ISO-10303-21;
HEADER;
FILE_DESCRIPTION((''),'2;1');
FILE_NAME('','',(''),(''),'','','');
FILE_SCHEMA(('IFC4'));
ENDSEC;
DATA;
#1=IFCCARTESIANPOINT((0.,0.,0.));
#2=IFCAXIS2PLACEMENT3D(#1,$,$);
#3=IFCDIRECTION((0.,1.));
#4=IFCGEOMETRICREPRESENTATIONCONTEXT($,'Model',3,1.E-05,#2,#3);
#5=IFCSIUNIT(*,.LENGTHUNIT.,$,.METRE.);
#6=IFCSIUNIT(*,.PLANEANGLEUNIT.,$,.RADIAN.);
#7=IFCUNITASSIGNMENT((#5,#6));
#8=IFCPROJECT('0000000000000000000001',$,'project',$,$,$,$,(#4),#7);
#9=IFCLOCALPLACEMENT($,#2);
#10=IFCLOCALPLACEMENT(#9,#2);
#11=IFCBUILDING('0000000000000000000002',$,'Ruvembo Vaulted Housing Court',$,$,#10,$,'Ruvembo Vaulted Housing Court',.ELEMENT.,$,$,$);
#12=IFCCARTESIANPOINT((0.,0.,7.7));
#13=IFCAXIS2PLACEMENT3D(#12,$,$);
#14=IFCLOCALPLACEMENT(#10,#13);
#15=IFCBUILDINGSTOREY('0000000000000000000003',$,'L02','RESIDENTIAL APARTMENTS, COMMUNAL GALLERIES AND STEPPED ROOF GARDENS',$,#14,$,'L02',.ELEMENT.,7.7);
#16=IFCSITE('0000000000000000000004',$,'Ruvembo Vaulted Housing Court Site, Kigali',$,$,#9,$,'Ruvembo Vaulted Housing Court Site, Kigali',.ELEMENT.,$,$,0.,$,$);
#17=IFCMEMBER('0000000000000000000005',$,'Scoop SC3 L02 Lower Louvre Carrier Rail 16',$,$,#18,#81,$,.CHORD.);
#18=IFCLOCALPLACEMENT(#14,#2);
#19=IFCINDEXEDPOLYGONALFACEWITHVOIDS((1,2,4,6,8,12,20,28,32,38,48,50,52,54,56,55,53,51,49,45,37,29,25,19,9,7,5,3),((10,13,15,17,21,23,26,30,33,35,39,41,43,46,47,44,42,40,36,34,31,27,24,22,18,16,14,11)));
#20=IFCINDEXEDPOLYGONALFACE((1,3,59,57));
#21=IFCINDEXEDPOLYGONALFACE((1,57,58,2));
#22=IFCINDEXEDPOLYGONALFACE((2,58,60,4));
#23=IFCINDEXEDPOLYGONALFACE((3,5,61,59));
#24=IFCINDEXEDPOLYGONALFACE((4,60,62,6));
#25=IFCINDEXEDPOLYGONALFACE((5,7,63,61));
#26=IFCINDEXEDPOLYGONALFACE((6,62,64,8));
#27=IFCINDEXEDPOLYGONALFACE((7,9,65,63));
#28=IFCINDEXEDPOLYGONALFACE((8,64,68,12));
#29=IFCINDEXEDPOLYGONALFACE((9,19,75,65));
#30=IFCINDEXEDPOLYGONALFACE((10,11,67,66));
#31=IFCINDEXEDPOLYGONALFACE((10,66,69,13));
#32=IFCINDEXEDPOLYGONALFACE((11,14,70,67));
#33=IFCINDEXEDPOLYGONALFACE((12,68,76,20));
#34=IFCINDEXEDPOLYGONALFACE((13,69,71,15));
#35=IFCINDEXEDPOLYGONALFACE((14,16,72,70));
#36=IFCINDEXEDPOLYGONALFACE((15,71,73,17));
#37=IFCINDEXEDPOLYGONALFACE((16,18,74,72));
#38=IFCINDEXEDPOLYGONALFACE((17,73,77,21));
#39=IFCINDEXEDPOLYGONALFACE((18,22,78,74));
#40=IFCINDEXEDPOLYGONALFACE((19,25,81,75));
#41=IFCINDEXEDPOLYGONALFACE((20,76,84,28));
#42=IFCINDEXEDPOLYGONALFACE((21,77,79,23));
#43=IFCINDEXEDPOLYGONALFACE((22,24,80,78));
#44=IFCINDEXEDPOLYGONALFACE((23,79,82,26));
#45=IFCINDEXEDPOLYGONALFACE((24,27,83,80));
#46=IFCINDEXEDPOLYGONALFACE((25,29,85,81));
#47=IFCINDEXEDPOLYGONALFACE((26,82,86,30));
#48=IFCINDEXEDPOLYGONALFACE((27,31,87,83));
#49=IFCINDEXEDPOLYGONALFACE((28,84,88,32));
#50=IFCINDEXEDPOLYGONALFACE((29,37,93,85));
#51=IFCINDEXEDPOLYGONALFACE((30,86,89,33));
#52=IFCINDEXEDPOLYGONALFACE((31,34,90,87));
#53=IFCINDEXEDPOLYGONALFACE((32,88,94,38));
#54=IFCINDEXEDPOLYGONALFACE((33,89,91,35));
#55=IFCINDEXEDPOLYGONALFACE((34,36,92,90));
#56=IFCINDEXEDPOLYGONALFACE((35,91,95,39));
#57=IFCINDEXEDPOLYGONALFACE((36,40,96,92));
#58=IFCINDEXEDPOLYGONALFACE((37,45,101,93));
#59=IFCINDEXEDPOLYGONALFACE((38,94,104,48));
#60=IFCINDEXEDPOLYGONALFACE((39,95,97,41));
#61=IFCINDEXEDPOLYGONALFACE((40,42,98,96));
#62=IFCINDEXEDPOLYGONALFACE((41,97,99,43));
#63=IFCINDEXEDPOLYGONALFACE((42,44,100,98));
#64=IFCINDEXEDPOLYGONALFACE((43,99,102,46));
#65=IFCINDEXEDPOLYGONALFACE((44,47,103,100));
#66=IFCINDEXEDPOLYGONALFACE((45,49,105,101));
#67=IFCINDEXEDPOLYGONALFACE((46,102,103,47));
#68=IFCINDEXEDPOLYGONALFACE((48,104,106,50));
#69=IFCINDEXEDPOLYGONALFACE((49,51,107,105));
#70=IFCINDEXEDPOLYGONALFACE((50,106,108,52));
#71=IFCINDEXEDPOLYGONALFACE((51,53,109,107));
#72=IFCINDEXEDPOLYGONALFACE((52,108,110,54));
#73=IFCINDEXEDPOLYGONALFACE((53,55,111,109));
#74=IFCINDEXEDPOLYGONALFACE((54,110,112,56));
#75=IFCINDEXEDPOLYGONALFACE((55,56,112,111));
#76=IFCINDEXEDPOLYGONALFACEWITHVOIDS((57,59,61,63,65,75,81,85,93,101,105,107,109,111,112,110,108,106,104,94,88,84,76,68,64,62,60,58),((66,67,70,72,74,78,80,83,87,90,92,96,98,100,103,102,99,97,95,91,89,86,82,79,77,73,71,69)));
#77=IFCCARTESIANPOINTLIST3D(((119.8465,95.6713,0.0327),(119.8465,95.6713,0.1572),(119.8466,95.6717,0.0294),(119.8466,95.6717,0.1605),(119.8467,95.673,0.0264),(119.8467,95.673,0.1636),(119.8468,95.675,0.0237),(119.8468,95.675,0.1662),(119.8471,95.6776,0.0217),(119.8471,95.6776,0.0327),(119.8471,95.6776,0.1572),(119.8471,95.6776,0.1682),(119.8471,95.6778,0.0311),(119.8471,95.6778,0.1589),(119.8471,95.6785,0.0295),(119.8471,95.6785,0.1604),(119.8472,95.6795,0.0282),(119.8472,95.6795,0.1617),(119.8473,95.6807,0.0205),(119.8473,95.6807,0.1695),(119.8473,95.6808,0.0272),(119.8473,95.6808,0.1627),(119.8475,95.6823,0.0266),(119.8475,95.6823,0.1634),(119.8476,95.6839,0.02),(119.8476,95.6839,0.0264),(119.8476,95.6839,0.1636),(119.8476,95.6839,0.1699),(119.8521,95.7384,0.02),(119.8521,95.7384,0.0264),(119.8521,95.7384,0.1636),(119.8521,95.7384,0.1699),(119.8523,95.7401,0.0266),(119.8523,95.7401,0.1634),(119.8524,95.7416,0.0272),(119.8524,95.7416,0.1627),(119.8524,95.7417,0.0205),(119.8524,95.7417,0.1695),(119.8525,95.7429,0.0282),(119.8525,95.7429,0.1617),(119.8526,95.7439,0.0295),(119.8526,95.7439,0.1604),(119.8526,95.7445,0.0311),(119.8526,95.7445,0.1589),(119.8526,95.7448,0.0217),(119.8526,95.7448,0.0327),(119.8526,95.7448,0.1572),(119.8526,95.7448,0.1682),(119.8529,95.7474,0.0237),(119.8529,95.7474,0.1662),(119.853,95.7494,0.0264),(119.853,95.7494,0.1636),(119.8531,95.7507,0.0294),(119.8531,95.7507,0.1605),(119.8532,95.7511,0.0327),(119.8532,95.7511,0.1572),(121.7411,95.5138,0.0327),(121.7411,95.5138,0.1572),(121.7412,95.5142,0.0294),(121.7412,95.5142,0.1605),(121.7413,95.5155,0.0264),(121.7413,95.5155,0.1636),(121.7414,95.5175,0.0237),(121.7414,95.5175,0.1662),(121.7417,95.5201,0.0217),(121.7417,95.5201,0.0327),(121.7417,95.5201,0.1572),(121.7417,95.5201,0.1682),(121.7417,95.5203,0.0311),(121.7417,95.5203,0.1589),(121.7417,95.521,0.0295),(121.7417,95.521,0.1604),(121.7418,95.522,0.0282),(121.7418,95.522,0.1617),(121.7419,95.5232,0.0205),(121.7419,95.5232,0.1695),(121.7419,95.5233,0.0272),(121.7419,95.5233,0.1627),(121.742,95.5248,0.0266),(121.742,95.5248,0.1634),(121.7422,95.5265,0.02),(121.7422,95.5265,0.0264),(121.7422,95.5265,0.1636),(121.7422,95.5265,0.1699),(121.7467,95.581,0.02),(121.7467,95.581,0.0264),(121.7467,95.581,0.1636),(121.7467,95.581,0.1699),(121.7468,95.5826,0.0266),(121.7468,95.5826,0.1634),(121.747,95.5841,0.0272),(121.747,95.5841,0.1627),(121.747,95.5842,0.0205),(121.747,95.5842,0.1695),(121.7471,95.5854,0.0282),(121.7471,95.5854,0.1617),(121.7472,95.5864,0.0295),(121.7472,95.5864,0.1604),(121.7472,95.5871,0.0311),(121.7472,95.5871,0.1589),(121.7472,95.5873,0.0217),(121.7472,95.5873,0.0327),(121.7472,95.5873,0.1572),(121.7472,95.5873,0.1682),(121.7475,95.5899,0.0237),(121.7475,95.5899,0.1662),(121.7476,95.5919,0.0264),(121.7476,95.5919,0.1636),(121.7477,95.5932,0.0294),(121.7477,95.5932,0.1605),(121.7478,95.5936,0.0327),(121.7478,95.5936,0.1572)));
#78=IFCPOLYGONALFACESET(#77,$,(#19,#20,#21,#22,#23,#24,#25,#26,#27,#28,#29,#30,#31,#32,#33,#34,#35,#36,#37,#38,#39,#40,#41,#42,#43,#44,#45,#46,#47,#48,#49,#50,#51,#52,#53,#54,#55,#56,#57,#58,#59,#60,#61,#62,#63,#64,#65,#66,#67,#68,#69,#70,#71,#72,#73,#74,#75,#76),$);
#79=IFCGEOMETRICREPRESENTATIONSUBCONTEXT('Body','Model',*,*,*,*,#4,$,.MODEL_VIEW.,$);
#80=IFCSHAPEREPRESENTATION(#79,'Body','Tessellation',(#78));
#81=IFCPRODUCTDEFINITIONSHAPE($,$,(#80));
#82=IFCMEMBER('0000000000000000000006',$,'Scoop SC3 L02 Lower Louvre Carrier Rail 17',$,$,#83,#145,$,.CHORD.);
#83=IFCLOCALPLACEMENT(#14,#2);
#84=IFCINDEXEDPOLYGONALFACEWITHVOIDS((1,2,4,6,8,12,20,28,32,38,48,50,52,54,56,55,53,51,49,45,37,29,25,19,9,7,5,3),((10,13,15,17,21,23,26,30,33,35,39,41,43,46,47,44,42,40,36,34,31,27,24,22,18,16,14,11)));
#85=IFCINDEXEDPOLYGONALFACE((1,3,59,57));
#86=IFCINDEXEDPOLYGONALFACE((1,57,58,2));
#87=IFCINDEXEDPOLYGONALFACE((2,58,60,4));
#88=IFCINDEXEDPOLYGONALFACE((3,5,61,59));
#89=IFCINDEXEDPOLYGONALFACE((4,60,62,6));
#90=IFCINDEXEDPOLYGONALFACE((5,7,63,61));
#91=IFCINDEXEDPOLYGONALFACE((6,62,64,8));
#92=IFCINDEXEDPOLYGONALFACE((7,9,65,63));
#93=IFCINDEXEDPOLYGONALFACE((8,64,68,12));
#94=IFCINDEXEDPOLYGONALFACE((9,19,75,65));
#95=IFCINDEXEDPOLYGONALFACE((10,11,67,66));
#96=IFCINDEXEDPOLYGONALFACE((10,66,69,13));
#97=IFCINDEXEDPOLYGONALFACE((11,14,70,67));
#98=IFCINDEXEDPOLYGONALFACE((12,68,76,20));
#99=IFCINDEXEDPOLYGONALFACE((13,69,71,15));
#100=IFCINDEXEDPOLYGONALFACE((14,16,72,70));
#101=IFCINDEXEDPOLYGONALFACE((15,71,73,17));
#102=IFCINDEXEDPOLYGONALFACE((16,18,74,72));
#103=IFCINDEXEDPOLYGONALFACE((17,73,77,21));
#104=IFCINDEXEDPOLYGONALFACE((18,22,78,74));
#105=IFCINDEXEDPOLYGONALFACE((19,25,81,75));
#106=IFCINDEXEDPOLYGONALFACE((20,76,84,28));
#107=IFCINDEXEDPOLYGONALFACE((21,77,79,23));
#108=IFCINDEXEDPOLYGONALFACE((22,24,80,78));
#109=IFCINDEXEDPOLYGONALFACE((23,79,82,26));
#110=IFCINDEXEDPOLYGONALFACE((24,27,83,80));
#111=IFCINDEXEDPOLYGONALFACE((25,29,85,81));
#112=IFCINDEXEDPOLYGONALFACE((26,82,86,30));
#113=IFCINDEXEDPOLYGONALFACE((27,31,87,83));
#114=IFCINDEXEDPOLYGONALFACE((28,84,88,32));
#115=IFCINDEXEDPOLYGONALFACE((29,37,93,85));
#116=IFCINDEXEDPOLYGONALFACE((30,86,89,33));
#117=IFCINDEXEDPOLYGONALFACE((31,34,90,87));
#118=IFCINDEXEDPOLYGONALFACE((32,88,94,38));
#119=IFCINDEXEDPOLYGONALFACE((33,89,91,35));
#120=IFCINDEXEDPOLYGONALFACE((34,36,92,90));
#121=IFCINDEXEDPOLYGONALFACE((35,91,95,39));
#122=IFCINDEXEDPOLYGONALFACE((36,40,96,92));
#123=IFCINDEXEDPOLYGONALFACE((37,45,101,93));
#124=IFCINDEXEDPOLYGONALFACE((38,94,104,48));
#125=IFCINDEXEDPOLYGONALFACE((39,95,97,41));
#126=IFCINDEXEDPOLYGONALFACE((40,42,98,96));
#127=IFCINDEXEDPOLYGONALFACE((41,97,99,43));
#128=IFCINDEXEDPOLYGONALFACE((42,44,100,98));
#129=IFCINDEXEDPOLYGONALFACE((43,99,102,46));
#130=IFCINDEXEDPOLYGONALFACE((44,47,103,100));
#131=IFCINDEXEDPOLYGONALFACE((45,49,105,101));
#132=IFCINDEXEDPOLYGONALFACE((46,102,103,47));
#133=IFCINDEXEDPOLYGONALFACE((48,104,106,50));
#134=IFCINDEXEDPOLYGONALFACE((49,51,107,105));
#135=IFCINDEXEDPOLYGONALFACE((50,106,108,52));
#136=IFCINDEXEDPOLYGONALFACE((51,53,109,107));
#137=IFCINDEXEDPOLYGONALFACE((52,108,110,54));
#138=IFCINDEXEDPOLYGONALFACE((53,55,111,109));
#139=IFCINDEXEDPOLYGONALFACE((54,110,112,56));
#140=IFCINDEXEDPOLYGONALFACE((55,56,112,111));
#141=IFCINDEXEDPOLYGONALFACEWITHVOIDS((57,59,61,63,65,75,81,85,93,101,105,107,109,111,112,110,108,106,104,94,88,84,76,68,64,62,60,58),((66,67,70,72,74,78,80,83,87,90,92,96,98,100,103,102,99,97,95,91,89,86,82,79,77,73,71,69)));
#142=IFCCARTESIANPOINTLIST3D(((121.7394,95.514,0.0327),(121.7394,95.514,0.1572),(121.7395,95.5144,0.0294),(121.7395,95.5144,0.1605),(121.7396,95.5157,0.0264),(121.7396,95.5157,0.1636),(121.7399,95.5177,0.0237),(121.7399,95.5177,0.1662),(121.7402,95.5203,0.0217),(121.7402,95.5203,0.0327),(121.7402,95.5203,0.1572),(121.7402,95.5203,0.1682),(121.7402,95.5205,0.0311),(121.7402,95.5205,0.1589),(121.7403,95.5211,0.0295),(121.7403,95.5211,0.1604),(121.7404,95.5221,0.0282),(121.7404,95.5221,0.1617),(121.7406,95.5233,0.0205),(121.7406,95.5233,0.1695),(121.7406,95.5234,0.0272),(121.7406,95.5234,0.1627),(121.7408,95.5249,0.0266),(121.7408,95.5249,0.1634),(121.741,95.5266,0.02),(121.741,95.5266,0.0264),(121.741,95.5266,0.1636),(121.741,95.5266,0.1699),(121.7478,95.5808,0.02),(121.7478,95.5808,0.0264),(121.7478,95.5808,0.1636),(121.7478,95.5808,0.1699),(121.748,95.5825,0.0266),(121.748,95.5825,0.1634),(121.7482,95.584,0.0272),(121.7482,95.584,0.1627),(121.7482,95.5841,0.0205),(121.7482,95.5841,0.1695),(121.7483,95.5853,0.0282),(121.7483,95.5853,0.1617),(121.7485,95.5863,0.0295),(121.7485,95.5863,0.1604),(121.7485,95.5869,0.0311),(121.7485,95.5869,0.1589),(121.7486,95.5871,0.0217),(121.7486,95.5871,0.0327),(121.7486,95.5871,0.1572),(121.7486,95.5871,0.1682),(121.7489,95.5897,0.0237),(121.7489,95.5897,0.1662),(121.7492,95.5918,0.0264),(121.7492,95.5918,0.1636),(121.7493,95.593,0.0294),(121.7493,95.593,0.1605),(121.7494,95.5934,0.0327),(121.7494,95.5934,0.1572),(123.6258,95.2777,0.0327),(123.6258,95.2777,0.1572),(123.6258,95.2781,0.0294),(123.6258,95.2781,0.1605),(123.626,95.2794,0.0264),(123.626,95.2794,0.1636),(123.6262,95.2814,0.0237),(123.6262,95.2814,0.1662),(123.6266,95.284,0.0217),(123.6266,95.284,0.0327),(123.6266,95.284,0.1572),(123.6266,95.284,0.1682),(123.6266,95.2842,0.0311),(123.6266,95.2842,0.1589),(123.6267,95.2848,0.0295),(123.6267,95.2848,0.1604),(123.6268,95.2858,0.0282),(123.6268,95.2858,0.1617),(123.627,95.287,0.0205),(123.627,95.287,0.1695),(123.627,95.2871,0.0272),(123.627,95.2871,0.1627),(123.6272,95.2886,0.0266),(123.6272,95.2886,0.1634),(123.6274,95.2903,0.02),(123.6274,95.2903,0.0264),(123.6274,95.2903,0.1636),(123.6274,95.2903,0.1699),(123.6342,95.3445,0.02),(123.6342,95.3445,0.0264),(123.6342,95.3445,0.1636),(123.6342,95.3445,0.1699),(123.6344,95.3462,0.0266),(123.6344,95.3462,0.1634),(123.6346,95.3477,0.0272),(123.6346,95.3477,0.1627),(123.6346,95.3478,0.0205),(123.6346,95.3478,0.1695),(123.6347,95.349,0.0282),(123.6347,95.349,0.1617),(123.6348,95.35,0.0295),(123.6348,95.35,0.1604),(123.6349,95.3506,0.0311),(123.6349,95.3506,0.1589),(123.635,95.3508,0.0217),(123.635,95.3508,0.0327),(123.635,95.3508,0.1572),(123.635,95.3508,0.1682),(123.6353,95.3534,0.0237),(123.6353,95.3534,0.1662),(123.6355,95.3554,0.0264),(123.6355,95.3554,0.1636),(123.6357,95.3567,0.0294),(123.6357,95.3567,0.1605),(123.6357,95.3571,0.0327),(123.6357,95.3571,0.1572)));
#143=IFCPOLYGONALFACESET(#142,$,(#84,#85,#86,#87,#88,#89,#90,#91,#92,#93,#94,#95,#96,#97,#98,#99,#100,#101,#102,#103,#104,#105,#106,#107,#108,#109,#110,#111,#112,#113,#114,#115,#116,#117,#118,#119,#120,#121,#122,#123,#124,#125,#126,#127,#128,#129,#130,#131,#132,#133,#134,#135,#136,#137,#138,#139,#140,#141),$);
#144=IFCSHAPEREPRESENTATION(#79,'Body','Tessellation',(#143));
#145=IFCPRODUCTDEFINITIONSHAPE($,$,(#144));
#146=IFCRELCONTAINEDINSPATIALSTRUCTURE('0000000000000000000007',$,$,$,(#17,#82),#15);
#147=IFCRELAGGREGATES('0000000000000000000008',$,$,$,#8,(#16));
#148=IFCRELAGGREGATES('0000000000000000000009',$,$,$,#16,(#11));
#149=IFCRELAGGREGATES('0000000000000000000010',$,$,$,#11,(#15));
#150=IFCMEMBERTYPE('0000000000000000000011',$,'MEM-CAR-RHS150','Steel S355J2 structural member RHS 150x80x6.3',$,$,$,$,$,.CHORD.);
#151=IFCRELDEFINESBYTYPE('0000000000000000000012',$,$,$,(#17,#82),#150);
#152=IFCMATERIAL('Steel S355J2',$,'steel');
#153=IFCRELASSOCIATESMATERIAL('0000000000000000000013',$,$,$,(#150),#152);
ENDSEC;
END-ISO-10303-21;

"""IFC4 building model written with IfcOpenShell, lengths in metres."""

from ifc_helpers import new_model, si_unit, direction, frame, origin, origin_2d, place, context, subcontext, project, spatial, hollow_rectangle, extrude, material, material_profile, profile_set, type_object, element, save


model = new_model("IFC4")

# Units and contexts
model_context = context("Model", 3, precision=1e-05, world=origin(), true_north=direction((0.0, 1.0)))
body_context = subcontext(model_context, "Body", "Model", "MODEL_VIEW")
ifc_project = project(units=[si_unit("LENGTHUNIT", "METRE"), si_unit("PLANEANGLEUNIT", "RADIAN")], contexts=[model_context])

# Site, building, storey
site_placement = place(None, origin())
site = spatial("IfcSite", under=ifc_project, at=site_placement, Name="Ruvembo Vaulted Housing Court Site, Kigali", LongName="Ruvembo Vaulted Housing Court Site, Kigali", CompositionType="ELEMENT", RefElevation=0.0)
building_placement = place(site_placement, origin())
building = spatial("IfcBuilding", under=site, at=building_placement, Name="Ruvembo Vaulted Housing Court", LongName="Ruvembo Vaulted Housing Court", CompositionType="ELEMENT")
storey_placement = place(building_placement, frame((0.0, 0.0, 7.7)))
storey = spatial("IfcBuildingStorey", under=building, at=storey_placement, Name="L02", Description="RESIDENTIAL APARTMENTS, COMMUNAL GALLERIES AND STEPPED ROOF GARDENS", LongName="L02", CompositionType="ELEMENT", Elevation=7.7)

# Shared definitions
ifc_material_1 = material(Name="Steel S355J2", Category="steel")

# Members
ifc_material_profile_1 = material_profile(ifc_material_1, hollow_rectangle(XDim=0.0801, YDim=0.1499, WallThickness=0.0063, InnerFilletRadius=0.0063, OuterFilletRadius=0.0127, at=origin_2d()), Name="RHS 150x80x6.3")
ifc_profile_set_1 = profile_set([ifc_material_profile_1], Name="Steel S355J2")
member_type_1 = type_object("IfcMemberType", Name="MEM-CAR-RHS150", Description="Steel S355J2 structural member RHS 150x80x6.3", PredefinedType="CHORD", material=ifc_profile_set_1)
for number, where, z_axis, x_axis, name in (
    (1, (119.8499, 95.7112, 0.095), (0.996563, -0.082833, 0.0), (0.082833, 0.996563, 0.0), "Scoop SC3 L02 Lower Louvre Carrier Rail 16"),
    (2, (121.7444, 95.5537, 0.095), (0.992244, -0.124303, 0.0), (0.124303, 0.992244, 0.0), "Scoop SC3 L02 Lower Louvre Carrier Rail 17"),
):
    element("IfcMember", number, at=place(storey_placement, frame(where, z_axis=z_axis, x_axis=x_axis)), inside=storey, type_object=member_type_1, Name=name, PredefinedType="CHORD", context=body_context, shape_type="SweptSolid", body=[
        extrude(hollow_rectangle(XDim=0.0801, YDim=0.1499, WallThickness=0.0063, InnerFilletRadius=0.0063, OuterFilletRadius=0.0127, at=origin_2d()), origin(), (0.0, 0.0, 1.0), 1.9011),
    ])

save(model, "model.ifc")
